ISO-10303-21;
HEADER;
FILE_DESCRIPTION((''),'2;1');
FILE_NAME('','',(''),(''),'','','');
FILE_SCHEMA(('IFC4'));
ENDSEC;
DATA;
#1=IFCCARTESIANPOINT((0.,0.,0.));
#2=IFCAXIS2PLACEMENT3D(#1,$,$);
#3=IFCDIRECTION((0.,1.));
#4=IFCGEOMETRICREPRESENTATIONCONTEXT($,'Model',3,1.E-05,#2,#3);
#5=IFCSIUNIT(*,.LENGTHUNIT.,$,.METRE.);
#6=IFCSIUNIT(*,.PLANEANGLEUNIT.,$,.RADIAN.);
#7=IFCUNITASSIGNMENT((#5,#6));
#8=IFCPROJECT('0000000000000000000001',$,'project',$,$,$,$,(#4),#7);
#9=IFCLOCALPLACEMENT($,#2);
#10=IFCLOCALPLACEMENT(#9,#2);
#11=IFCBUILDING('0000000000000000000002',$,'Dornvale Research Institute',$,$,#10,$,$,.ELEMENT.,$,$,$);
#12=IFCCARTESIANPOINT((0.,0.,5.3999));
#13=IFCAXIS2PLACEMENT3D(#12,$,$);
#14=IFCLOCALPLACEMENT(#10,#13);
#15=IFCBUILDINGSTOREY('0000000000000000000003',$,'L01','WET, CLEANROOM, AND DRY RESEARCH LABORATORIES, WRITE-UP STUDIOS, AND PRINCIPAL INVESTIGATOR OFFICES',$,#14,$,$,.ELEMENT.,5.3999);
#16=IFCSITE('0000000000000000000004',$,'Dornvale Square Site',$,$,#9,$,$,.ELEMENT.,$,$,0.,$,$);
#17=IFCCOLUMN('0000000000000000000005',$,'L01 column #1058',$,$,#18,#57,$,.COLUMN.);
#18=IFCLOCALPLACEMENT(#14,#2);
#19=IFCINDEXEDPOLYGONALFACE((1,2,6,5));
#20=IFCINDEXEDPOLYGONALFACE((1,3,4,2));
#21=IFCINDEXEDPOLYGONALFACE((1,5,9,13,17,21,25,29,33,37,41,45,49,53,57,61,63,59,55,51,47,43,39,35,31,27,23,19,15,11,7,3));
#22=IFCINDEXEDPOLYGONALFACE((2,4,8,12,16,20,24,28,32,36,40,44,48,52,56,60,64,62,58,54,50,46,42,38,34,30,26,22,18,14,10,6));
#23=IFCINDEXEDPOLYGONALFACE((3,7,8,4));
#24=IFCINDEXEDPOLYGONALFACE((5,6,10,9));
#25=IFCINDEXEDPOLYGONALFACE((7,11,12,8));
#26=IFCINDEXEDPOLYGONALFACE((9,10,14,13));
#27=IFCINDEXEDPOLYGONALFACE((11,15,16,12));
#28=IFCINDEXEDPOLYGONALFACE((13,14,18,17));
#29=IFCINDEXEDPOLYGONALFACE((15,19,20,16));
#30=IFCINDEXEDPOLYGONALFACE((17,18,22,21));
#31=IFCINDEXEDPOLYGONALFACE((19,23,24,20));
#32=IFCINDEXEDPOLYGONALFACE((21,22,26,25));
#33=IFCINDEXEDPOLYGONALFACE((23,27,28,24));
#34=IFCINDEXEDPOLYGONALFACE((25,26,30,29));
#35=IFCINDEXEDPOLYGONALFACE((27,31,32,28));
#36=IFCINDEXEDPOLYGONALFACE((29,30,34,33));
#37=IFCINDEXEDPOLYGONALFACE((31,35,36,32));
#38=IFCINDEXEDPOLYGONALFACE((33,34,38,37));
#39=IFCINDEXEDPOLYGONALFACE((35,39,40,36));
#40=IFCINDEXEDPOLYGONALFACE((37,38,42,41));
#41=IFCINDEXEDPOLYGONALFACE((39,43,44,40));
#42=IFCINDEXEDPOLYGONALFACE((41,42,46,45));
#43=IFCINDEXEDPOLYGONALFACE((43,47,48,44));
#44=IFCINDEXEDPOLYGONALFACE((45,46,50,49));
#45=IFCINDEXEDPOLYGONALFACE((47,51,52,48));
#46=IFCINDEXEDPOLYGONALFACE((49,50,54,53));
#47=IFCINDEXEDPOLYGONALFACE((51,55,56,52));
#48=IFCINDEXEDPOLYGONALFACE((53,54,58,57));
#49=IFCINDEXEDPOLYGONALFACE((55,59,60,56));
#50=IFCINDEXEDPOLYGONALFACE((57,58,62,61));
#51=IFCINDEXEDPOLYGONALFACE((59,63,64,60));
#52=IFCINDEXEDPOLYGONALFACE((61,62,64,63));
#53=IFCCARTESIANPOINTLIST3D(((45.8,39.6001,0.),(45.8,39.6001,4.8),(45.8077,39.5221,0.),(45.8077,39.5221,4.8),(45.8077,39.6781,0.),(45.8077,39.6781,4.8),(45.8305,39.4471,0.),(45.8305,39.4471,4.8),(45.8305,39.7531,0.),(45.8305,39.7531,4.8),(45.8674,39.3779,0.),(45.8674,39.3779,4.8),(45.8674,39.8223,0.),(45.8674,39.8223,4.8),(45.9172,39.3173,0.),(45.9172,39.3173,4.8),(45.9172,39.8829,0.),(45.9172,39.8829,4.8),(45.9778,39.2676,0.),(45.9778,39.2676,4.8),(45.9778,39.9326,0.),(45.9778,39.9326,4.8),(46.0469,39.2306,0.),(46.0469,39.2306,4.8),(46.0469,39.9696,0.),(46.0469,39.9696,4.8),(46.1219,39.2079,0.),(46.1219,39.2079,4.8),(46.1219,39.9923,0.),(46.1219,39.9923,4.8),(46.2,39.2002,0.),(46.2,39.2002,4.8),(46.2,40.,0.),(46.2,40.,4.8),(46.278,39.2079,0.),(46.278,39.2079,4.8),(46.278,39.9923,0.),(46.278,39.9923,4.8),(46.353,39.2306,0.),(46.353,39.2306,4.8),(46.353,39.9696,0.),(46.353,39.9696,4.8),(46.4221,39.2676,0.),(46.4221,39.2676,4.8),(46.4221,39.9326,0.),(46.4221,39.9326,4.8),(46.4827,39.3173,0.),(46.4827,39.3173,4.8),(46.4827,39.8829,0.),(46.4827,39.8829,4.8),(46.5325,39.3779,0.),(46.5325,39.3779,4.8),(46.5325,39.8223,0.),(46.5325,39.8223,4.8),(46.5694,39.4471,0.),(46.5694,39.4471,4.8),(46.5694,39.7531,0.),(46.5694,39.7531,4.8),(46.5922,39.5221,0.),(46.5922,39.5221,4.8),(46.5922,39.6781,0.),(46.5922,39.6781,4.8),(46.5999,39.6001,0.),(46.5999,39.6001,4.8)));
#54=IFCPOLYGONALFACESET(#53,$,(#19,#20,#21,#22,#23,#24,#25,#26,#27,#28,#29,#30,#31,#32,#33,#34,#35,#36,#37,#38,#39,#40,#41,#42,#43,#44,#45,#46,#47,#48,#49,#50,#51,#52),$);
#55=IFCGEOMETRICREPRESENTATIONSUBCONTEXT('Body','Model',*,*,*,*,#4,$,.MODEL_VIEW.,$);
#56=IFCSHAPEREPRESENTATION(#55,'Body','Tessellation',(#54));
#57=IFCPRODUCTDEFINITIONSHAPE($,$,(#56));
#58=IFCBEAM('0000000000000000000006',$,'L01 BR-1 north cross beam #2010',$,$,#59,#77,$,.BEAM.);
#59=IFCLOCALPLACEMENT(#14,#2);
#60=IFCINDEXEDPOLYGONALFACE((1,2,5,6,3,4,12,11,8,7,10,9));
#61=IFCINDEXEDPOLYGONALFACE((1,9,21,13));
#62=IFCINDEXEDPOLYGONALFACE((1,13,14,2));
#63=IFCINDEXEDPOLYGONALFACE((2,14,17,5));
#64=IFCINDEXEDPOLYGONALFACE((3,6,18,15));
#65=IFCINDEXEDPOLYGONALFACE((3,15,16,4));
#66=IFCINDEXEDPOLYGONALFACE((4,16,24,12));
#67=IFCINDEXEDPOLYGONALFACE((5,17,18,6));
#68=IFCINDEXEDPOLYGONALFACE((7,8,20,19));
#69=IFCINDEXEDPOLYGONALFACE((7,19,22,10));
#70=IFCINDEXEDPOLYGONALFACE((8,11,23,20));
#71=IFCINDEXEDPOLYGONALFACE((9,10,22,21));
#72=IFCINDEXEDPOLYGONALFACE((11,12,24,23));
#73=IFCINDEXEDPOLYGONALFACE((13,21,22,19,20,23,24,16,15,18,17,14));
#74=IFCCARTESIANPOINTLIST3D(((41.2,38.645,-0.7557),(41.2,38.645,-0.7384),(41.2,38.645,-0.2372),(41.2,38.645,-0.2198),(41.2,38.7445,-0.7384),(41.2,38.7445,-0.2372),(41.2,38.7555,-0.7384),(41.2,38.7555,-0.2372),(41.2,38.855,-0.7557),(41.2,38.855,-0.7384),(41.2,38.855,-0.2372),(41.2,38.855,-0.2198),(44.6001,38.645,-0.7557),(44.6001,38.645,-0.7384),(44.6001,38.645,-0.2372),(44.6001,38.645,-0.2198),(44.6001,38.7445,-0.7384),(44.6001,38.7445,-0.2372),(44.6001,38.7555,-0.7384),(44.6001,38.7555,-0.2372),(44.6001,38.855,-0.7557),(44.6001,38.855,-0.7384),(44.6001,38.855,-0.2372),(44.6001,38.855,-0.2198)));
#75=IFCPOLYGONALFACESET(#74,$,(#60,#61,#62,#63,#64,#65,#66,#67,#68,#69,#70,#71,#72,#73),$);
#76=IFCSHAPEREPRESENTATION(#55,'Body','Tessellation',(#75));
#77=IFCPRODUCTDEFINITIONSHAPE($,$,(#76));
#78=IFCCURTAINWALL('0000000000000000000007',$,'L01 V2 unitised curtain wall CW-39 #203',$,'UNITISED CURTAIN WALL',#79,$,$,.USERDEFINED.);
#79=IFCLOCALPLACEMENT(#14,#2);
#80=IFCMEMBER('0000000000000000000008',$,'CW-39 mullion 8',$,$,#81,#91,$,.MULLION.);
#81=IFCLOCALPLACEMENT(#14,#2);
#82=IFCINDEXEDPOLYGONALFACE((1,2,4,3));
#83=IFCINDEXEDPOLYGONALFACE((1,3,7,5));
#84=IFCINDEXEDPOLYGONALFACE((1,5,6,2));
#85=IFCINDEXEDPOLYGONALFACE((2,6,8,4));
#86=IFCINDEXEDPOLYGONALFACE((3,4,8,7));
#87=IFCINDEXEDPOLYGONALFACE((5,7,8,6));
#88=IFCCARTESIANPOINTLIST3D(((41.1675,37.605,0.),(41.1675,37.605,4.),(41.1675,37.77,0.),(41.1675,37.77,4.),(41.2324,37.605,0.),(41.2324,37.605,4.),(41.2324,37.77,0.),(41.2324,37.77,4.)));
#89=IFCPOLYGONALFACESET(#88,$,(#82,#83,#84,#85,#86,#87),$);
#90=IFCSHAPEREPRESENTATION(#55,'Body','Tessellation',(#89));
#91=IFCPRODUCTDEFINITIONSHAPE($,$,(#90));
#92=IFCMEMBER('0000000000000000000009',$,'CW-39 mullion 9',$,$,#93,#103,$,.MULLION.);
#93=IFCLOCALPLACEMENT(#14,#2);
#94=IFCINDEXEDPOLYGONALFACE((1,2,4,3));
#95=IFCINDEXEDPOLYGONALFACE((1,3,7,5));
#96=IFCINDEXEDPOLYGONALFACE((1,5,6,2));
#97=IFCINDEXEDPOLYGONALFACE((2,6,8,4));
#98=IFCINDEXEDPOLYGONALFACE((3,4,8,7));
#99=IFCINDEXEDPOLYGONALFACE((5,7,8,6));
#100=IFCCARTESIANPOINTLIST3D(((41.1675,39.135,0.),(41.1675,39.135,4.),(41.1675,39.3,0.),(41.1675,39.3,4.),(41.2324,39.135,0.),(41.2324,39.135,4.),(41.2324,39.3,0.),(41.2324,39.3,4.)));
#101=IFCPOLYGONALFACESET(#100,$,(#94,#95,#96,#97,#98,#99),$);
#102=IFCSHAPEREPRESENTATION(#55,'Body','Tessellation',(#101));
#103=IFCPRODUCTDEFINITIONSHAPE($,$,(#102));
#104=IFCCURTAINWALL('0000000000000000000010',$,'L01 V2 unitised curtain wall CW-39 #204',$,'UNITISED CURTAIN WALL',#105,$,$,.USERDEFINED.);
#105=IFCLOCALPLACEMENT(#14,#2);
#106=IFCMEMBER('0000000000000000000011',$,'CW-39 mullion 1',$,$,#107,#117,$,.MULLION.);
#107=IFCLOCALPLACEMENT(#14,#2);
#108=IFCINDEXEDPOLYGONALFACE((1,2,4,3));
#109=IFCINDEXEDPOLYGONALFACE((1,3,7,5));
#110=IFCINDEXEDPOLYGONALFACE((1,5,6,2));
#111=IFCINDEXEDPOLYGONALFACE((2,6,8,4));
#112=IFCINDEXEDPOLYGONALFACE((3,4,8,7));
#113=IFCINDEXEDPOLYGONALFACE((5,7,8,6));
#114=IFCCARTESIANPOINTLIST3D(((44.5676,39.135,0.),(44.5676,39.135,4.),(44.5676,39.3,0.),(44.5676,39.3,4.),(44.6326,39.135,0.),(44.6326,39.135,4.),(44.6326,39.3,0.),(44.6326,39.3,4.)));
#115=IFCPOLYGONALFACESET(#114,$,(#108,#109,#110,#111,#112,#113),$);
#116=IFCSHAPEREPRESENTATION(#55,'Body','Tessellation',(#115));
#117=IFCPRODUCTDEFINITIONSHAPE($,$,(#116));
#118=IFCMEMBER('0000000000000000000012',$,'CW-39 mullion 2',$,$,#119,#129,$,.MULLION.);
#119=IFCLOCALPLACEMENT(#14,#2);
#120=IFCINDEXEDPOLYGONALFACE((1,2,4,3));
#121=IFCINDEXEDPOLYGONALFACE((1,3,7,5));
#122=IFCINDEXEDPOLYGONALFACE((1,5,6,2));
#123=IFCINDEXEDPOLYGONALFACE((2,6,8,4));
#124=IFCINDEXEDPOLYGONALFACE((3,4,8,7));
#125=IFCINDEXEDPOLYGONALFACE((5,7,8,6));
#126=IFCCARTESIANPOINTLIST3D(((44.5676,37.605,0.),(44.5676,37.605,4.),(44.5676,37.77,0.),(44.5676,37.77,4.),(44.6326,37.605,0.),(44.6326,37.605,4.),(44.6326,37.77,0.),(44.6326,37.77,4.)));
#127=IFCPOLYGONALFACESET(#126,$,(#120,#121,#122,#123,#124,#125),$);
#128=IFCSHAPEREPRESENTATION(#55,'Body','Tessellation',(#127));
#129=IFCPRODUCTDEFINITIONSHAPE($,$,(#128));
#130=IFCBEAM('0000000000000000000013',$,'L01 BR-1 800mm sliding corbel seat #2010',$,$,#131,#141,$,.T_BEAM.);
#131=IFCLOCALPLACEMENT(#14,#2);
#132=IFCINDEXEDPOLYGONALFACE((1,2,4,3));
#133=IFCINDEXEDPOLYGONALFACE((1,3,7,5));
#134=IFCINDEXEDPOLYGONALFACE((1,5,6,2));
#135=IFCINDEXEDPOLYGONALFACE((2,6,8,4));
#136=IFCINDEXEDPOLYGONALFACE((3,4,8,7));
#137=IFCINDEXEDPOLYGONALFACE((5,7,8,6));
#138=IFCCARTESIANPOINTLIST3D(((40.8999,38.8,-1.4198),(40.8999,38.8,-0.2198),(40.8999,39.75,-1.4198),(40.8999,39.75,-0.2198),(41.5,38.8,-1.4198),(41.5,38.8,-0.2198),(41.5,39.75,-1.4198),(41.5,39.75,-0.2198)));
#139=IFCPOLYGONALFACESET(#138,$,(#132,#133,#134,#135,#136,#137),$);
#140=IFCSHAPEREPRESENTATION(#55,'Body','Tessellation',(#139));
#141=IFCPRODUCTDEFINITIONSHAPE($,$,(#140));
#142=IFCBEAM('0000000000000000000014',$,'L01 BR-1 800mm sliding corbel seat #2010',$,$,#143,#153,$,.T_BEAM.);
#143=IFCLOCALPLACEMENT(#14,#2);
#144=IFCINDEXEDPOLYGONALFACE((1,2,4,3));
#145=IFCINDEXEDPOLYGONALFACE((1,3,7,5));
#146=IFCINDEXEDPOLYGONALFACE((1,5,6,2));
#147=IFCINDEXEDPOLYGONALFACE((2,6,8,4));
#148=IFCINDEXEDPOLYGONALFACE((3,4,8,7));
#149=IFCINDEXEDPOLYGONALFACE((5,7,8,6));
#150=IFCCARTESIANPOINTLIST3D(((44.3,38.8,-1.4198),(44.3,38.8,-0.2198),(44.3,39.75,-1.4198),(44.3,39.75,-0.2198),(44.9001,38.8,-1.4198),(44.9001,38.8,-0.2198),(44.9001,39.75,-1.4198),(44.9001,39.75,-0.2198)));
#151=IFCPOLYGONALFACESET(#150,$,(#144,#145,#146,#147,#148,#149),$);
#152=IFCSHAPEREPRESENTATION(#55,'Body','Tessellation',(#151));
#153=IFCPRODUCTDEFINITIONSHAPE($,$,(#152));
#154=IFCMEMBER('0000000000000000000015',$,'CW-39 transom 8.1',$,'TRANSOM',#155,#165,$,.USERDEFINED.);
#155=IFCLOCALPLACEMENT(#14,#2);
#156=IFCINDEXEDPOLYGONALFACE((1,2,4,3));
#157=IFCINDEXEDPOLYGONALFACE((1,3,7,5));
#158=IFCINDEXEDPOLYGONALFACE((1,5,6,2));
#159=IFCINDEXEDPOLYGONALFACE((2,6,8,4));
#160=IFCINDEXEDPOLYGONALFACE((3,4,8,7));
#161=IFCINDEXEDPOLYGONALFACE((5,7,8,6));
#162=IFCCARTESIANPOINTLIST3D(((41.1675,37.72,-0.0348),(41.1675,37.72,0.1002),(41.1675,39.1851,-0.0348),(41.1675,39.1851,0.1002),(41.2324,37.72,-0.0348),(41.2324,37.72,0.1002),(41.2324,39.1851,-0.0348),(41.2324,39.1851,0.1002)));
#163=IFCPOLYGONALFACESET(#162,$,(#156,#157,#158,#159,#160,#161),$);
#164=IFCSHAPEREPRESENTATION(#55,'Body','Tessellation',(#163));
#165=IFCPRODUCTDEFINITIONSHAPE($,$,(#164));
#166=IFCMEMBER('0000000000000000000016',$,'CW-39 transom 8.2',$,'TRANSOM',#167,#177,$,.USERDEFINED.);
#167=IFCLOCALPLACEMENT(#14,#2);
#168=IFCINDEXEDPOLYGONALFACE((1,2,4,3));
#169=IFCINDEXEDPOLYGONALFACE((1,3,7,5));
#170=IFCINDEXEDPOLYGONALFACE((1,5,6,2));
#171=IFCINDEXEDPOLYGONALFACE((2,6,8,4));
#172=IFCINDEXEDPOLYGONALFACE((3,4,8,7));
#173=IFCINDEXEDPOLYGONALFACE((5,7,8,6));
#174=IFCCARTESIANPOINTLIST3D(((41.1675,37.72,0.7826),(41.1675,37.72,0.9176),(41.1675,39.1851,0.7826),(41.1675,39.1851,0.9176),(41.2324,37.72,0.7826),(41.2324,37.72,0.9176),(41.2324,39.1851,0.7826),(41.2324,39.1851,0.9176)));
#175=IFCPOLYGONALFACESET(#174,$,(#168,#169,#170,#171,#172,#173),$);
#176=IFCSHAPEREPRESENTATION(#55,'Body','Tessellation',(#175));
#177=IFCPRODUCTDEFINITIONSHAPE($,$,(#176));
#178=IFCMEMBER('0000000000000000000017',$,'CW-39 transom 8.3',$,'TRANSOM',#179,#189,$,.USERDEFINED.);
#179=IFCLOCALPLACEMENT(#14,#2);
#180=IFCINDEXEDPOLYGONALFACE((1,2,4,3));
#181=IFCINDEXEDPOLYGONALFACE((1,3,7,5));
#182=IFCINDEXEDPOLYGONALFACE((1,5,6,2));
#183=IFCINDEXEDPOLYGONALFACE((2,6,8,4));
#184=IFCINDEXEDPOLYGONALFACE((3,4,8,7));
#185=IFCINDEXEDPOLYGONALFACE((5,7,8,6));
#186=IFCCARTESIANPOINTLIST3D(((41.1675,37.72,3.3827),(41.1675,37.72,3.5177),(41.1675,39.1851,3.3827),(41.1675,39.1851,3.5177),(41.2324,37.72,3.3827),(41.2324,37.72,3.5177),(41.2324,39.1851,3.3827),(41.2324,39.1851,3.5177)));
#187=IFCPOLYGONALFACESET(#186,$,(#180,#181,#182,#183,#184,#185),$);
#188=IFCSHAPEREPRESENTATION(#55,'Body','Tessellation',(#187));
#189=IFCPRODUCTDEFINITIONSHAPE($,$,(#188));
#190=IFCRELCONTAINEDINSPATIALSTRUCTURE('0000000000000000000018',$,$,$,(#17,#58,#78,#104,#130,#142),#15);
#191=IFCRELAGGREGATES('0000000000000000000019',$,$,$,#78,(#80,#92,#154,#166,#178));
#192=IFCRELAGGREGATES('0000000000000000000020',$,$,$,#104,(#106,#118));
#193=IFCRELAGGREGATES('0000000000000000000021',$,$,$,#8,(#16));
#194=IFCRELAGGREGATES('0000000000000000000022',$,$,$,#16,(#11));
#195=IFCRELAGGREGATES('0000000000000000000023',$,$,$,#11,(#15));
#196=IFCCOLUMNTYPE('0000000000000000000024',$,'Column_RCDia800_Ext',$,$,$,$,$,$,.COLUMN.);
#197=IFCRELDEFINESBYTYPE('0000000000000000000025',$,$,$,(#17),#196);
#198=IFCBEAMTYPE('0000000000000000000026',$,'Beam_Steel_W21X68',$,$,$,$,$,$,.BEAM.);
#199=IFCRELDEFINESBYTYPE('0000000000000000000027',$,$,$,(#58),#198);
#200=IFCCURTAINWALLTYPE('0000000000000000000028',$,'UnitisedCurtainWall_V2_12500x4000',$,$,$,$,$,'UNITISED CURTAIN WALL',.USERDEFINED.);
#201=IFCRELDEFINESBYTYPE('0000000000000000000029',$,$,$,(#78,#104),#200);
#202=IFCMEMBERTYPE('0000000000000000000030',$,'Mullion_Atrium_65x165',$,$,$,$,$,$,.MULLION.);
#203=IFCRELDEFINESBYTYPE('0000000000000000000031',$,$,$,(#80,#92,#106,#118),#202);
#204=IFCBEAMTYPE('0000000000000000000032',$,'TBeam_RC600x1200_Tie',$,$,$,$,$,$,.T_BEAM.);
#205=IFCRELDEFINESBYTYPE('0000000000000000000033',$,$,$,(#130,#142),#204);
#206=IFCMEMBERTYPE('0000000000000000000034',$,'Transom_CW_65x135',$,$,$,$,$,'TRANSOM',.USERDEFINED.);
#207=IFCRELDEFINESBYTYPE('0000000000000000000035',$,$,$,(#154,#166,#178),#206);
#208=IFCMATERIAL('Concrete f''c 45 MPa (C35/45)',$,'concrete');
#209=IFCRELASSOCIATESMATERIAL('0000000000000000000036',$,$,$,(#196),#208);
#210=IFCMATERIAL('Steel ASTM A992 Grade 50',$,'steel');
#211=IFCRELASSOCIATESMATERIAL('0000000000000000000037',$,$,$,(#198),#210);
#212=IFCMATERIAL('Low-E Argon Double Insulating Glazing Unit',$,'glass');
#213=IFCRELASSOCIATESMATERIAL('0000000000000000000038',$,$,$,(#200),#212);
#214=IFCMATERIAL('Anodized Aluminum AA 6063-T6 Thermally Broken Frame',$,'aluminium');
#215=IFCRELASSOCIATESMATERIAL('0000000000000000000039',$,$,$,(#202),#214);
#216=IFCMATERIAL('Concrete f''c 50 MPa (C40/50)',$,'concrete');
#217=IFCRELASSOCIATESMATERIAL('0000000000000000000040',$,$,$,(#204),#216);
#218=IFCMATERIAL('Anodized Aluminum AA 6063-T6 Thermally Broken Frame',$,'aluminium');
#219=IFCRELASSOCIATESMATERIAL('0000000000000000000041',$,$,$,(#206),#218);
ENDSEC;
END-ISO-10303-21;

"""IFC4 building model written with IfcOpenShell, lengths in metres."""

from ifc_helpers import new_model, si_unit, direction, frame, origin, origin_2d, place, context, subcontext, project, spatial, rectangle, circle, i_section, extrude, material, material_profile, profile_set, type_object, element, aggregate, save


model = new_model("IFC4")

# Units and contexts
model_context = context("Model", 3, precision=1e-05, world=origin(), true_north=direction((0.0, 1.0)))
body_context = subcontext(model_context, "Body", "Model", "MODEL_VIEW")
ifc_project = project(units=[si_unit("LENGTHUNIT", "METRE"), si_unit("PLANEANGLEUNIT", "RADIAN")], contexts=[model_context])

# Site, building, storey
site_placement = place(None, origin())
site = spatial("IfcSite", under=ifc_project, at=site_placement, Name="Dornvale Square Site", CompositionType="ELEMENT", RefElevation=0.0)
building_placement = place(site_placement, origin())
building = spatial("IfcBuilding", under=site, at=building_placement, Name="Dornvale Research Institute", CompositionType="ELEMENT")
storey_placement = place(building_placement, frame((0.0, 0.0, 5.3999)))
storey = spatial("IfcBuildingStorey", under=building, at=storey_placement, Name="L01", Description="WET, CLEANROOM, AND DRY RESEARCH LABORATORIES, WRITE-UP STUDIOS, AND PRINCIPAL INVESTIGATOR OFFICES", CompositionType="ELEMENT", Elevation=5.3999)

# Column
ifc_material_1 = material(Name="Concrete f'c 45 MPa (C35/45)", Category="concrete")
ifc_material_profile_1 = material_profile(ifc_material_1, circle(Radius=0.3999, at=origin_2d()), Name="RC DIA 800")
ifc_profile_set_1 = profile_set([ifc_material_profile_1], Name="Concrete f'c 45 MPa (C35/45)")
column_type = type_object("IfcColumnType", Name="Column_RCDia800_Ext", PredefinedType="COLUMN", material=ifc_profile_set_1)
column_placement = place(storey_placement, frame((46.2, 39.6001, 0.0), z_axis=(0.0, 0.0, 1.0), x_axis=(1.0, 0.0, 0.0)))
element("IfcColumn", 1, at=column_placement, inside=storey, type_object=column_type, Name="L01 column #1058", PredefinedType="COLUMN", context=body_context, shape_type="SweptSolid", body=[
    extrude(circle(Radius=0.3999, at=origin_2d()), origin(), (0.0, 0.0, 1.0), 4.8),
])

# Beam
ifc_material_2 = material(Name="Steel ASTM A992 Grade 50", Category="steel")
ifc_material_profile_2 = material_profile(ifc_material_2, i_section(OverallWidth=0.21, OverallDepth=0.5359, WebThickness=0.011, FlangeThickness=0.0173, at=origin_2d()), Name="W21X68")
ifc_profile_set_2 = profile_set([ifc_material_profile_2], Name="Steel ASTM A992 Grade 50")
beam_type_1 = type_object("IfcBeamType", Name="Beam_Steel_W21X68", PredefinedType="BEAM", material=ifc_profile_set_2)
beam_placement = place(storey_placement, frame((41.2, 38.75, -0.4878), z_axis=(1.0, 0.0, 0.0), x_axis=(0.0, 1.0, 0.0)))
element("IfcBeam", 2, at=beam_placement, inside=storey, type_object=beam_type_1, Name="L01 BR-1 north cross beam #2010", PredefinedType="BEAM", context=body_context, shape_type="SweptSolid", body=[
    extrude(i_section(OverallWidth=0.21, OverallDepth=0.5359, WebThickness=0.011, FlangeThickness=0.0173, at=origin_2d()), origin(), (0.0, 0.0, 1.0), 3.4001),
])

# Curtain walls, members
ifc_material_3 = material(Name="Low-E Argon Double Insulating Glazing Unit", Category="glass")
curtain_wall_type = type_object("IfcCurtainWallType", Name="UnitisedCurtainWall_V2_12500x4000", ElementType="UNITISED CURTAIN WALL", PredefinedType="USERDEFINED", material=ifc_material_3)
curtain_wall_1_placement = place(storey_placement, origin())
curtain_wall_1 = element("IfcCurtainWall", 3, at=curtain_wall_1_placement, inside=storey, type_object=curtain_wall_type, Name="L01 V2 unitised curtain wall CW-39 #203", ObjectType="UNITISED CURTAIN WALL", PredefinedType="USERDEFINED")
ifc_material_4 = material(Name="Anodized Aluminum AA 6063-T6 Thermally Broken Frame", Category="aluminium")
ifc_material_profile_3 = material_profile(ifc_material_4, rectangle(XDim=0.0649, YDim=0.165, at=origin_2d()), Name="ALU MULLION 65x165")
ifc_profile_set_3 = profile_set([ifc_material_profile_3], Name="Anodized Aluminum AA 6063-T6 Thermally Broken Frame")
member_type_1 = type_object("IfcMemberType", Name="Mullion_Atrium_65x165", PredefinedType="MULLION", material=ifc_profile_set_3)
member_1_placement = place(storey_placement, frame((41.2, 37.6875, 0.0), z_axis=(0.0, 0.0, 1.0), x_axis=(-1.0, 0.0, 0.0)))
member_1 = element("IfcMember", 4, at=member_1_placement, type_object=member_type_1, Name="CW-39 mullion 8", PredefinedType="MULLION", context=body_context, shape_type="SweptSolid", body=[
    extrude(rectangle(XDim=0.0649, YDim=0.165, at=origin_2d()), origin(), (0.0, 0.0, 1.0), 4.0),
])
member_2_placement = place(storey_placement, frame((41.2, 39.2175, 0.0), z_axis=(0.0, 0.0, 1.0), x_axis=(-1.0, 0.0, 0.0)))
member_2 = element("IfcMember", 5, at=member_2_placement, type_object=member_type_1, Name="CW-39 mullion 9", PredefinedType="MULLION", context=body_context, shape_type="SweptSolid", body=[
    extrude(rectangle(XDim=0.0649, YDim=0.165, at=origin_2d()), origin(), (0.0, 0.0, 1.0), 4.0),
])
curtain_wall_2_placement = place(storey_placement, origin())
curtain_wall_2 = element("IfcCurtainWall", 6, at=curtain_wall_2_placement, inside=storey, type_object=curtain_wall_type, Name="L01 V2 unitised curtain wall CW-39 #204", ObjectType="UNITISED CURTAIN WALL", PredefinedType="USERDEFINED")
member_3_placement = place(storey_placement, frame((44.6001, 39.2175, 0.0), z_axis=(0.0, 0.0, 1.0), x_axis=(1.0, 0.0, 0.0)))
member_3 = element("IfcMember", 7, at=member_3_placement, type_object=member_type_1, Name="CW-39 mullion 1", PredefinedType="MULLION", context=body_context, shape_type="SweptSolid", body=[
    extrude(rectangle(XDim=0.0649, YDim=0.165, at=origin_2d()), origin(), (0.0, 0.0, 1.0), 4.0),
])
member_4_placement = place(storey_placement, frame((44.6001, 37.6875, 0.0), z_axis=(0.0, 0.0, 1.0), x_axis=(1.0, 0.0, 0.0)))
member_4 = element("IfcMember", 8, at=member_4_placement, type_object=member_type_1, Name="CW-39 mullion 2", PredefinedType="MULLION", context=body_context, shape_type="SweptSolid", body=[
    extrude(rectangle(XDim=0.0649, YDim=0.165, at=origin_2d()), origin(), (0.0, 0.0, 1.0), 4.0),
])

# Beams
ifc_material_5 = material(Name="Concrete f'c 50 MPa (C40/50)", Category="concrete")
ifc_material_profile_4 = material_profile(ifc_material_5, rectangle(XDim=0.6001, YDim=1.2, at=origin_2d()), Name="RC 600x1200")
ifc_profile_set_4 = profile_set([ifc_material_profile_4], Name="Concrete f'c 50 MPa (C40/50)")
beam_type_2 = type_object("IfcBeamType", Name="TBeam_RC600x1200_Tie", PredefinedType="T_BEAM", material=ifc_profile_set_4)
for number, where, z_axis, x_axis, name in (
    (9, (41.2, 38.8, -0.8198), (0.0, 1.0, 0.0), (-1.0, 0.0, 0.0), "L01 BR-1 800mm sliding corbel seat #2010"),
    (10, (44.6001, 38.8, -0.8198), (0.0, 1.0, 0.0), (-1.0, 0.0, 0.0), "L01 BR-1 800mm sliding corbel seat #2010"),
):
    element("IfcBeam", number, at=place(storey_placement, frame(where, z_axis=z_axis, x_axis=x_axis)), inside=storey, type_object=beam_type_2, Name=name, PredefinedType="T_BEAM", context=body_context, shape_type="SweptSolid", body=[
        extrude(rectangle(XDim=0.6001, YDim=1.2, at=origin_2d()), origin(), (0.0, 0.0, 1.0), 0.95),
    ])

# Members
ifc_material_6 = material(Name="Anodized Aluminum AA 6063-T6 Thermally Broken Frame", Category="aluminium")
ifc_material_profile_5 = material_profile(ifc_material_6, rectangle(XDim=0.0649, YDim=0.135, at=origin_2d()), Name="ALU TRANSOM 65x135")
ifc_profile_set_5 = profile_set([ifc_material_profile_5], Name="Anodized Aluminum AA 6063-T6 Thermally Broken Frame")
member_type_2 = type_object("IfcMemberType", Name="Transom_CW_65x135", ElementType="TRANSOM", PredefinedType="USERDEFINED", material=ifc_profile_set_5)
member_5_placement = place(storey_placement, frame((41.2, 37.72, 0.0327), z_axis=(0.0, 1.0, 0.0), x_axis=(-1.0, 0.0, 0.0)))
member_5 = element("IfcMember", 11, at=member_5_placement, type_object=member_type_2, Name="CW-39 transom 8.1", ObjectType="TRANSOM", PredefinedType="USERDEFINED", context=body_context, shape_type="SweptSolid", body=[
    extrude(rectangle(XDim=0.0649, YDim=0.135, at=origin_2d()), origin(), (0.0, 0.0, 1.0), 1.4651),
])
member_6_placement = place(storey_placement, frame((41.2, 37.72, 0.8501), z_axis=(0.0, 1.0, 0.0), x_axis=(-1.0, 0.0, 0.0)))
member_6 = element("IfcMember", 12, at=member_6_placement, type_object=member_type_2, Name="CW-39 transom 8.2", ObjectType="TRANSOM", PredefinedType="USERDEFINED", context=body_context, shape_type="SweptSolid", body=[
    extrude(rectangle(XDim=0.0649, YDim=0.135, at=origin_2d()), origin(), (0.0, 0.0, 1.0), 1.4651),
])
member_7_placement = place(storey_placement, frame((41.2, 37.72, 3.4502), z_axis=(0.0, 1.0, 0.0), x_axis=(-1.0, 0.0, 0.0)))
member_7 = element("IfcMember", 13, at=member_7_placement, type_object=member_type_2, Name="CW-39 transom 8.3", ObjectType="TRANSOM", PredefinedType="USERDEFINED", context=body_context, shape_type="SweptSolid", body=[
    extrude(rectangle(XDim=0.0649, YDim=0.135, at=origin_2d()), origin(), (0.0, 0.0, 1.0), 1.4651),
])

aggregate(curtain_wall_1, [member_1, member_2, member_5, member_6, member_7])
aggregate(curtain_wall_2, [member_3, member_4])

save(model, "model.ifc")
